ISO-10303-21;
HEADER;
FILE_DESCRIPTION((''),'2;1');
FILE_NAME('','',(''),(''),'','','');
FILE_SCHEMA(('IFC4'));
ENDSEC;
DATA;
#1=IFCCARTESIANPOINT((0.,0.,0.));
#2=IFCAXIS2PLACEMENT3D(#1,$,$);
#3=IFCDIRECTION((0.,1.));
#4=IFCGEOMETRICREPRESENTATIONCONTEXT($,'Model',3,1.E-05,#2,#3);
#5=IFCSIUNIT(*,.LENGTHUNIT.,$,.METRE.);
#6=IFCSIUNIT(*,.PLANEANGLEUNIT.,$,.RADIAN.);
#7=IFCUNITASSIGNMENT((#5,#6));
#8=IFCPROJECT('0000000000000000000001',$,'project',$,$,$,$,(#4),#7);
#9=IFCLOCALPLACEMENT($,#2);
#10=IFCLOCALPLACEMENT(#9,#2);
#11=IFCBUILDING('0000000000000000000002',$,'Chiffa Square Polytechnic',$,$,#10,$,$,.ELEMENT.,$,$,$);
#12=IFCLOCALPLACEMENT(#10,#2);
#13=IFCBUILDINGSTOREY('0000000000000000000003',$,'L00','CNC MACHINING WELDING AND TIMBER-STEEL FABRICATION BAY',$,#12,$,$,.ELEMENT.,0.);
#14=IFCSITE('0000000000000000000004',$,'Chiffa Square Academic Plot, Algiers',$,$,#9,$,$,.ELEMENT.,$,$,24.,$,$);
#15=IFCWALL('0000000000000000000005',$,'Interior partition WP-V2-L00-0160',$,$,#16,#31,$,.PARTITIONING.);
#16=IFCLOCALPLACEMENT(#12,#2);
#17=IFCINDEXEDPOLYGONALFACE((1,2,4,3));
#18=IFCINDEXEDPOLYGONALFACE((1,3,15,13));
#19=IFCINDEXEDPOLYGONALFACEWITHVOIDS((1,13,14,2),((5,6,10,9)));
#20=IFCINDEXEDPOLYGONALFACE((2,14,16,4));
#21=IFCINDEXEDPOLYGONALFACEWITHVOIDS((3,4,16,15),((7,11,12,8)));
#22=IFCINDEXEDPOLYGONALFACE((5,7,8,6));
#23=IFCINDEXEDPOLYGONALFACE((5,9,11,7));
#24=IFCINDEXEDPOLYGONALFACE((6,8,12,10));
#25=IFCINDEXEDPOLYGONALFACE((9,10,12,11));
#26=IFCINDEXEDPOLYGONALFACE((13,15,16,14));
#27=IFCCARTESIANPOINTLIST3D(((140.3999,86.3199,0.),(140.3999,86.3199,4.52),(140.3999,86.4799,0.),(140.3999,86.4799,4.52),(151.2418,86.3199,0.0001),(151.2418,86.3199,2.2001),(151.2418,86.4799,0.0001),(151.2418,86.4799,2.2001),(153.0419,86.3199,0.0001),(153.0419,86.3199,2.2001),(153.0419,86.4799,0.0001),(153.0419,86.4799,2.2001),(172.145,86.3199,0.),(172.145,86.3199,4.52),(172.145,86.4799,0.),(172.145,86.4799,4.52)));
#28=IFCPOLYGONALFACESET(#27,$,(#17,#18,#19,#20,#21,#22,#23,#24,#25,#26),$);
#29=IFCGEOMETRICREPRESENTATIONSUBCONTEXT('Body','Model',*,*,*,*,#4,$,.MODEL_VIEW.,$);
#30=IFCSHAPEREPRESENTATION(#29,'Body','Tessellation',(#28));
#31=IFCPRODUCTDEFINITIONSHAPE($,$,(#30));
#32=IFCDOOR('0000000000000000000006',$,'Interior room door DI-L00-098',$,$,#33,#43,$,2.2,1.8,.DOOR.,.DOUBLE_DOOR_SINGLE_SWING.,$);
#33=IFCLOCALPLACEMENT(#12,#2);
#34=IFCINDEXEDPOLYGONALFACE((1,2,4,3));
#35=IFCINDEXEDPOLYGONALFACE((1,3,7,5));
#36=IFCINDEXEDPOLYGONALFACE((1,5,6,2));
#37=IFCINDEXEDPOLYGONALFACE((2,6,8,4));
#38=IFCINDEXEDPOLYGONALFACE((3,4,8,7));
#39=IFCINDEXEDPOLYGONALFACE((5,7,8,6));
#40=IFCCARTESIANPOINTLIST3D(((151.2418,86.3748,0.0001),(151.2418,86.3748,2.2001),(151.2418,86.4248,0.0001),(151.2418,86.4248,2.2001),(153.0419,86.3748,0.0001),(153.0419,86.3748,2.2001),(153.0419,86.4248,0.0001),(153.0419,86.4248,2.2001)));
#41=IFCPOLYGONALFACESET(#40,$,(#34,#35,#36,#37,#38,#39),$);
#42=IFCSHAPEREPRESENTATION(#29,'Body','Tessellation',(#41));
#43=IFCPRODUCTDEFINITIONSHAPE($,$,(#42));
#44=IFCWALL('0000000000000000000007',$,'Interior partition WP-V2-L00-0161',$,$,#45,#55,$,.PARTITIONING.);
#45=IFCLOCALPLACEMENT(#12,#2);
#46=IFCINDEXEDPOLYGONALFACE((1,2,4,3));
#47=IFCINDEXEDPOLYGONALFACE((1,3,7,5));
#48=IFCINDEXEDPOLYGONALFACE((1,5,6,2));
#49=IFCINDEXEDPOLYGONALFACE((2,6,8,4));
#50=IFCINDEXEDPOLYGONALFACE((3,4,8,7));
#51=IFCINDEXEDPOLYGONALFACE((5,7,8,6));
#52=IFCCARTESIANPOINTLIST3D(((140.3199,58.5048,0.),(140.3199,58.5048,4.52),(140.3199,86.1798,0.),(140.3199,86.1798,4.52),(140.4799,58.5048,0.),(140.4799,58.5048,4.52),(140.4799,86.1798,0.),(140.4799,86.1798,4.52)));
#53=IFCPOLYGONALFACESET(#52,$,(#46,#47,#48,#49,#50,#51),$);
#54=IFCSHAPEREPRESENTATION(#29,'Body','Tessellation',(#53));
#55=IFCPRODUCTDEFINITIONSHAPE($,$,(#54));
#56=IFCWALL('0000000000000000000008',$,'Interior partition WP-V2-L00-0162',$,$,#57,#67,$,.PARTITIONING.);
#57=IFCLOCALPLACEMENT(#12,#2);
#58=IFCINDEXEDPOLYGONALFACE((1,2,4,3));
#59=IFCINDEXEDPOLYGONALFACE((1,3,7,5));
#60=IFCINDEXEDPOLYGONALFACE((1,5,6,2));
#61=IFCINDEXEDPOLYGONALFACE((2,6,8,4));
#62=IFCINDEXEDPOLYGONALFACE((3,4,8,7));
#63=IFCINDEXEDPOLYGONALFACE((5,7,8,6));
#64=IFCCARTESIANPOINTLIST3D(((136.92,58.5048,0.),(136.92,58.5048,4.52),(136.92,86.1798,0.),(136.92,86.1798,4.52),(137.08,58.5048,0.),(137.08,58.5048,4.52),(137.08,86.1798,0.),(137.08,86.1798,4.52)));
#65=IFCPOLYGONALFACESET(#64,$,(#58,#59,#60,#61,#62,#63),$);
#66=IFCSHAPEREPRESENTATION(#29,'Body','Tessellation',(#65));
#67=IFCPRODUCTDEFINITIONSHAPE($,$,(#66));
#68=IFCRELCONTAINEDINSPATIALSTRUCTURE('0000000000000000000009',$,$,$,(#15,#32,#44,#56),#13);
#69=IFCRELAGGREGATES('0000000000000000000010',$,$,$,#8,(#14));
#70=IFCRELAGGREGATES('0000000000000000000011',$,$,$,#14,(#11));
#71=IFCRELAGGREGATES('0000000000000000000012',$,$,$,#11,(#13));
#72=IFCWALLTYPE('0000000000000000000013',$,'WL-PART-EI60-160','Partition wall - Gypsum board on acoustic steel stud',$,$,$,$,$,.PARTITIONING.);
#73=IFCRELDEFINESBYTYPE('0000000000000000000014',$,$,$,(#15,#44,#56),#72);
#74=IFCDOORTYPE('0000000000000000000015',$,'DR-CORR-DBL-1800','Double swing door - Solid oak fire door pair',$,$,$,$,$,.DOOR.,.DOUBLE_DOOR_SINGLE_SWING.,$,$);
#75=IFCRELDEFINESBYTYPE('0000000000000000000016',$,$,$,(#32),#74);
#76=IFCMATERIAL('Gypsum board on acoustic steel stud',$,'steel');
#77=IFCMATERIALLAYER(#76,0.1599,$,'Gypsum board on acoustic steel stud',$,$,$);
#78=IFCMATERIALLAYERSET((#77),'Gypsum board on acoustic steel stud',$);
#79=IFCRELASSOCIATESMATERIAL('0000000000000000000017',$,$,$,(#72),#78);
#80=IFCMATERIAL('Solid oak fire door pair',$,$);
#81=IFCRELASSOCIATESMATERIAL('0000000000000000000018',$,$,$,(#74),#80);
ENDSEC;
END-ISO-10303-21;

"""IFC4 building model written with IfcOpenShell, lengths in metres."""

from ifc_helpers import new_model, si_unit, direction, frame, frame_2d, origin, place, context, subcontext, project, spatial, rectangle, extrude, material, layer, layer_set, type_object, element, fill, save


model = new_model("IFC4")

# Units and contexts
model_context = context("Model", 3, precision=1e-05, world=origin(), true_north=direction((0.0, 1.0)))
body_context = subcontext(model_context, "Body", "Model", "MODEL_VIEW")
ifc_project = project(units=[si_unit("LENGTHUNIT", "METRE"), si_unit("PLANEANGLEUNIT", "RADIAN")], contexts=[model_context])

# Site, building, storey
site_placement = place(None, origin())
site = spatial("IfcSite", under=ifc_project, at=site_placement, Name="Chiffa Square Academic Plot, Algiers", CompositionType="ELEMENT", RefElevation=24.0)
building_placement = place(site_placement, origin())
building = spatial("IfcBuilding", under=site, at=building_placement, Name="Chiffa Square Polytechnic", CompositionType="ELEMENT")
storey_placement = place(building_placement, origin())
storey = spatial("IfcBuildingStorey", under=building, at=storey_placement, Name="L00", Description="CNC MACHINING WELDING AND TIMBER-STEEL FABRICATION BAY", CompositionType="ELEMENT", Elevation=0.0)

# Wall, opening, door
ifc_material_1 = material(Name="Gypsum board on acoustic steel stud", Category="steel")
ifc_layer_1 = layer(ifc_material_1, 0.1599, Name="Gypsum board on acoustic steel stud")
ifc_layer_set_1 = layer_set([ifc_layer_1], Name="Gypsum board on acoustic steel stud")
wall_type_1 = type_object("IfcWallType", Name="WL-PART-EI60-160", Description="Partition wall - Gypsum board on acoustic steel stud", PredefinedType="PARTITIONING", material=ifc_layer_set_1)
wall_1_placement = place(storey_placement, frame((140.3999, 86.3999, 0.0), z_axis=(0.0, 0.0, 1.0), x_axis=(1.0, 0.0, 0.0)))
wall_1 = element("IfcWall", 1, at=wall_1_placement, inside=storey, type_object=wall_type_1, Name="Interior partition WP-V2-L00-0160", PredefinedType="PARTITIONING", context=body_context, shape_type="SweptSolid", body=[
    extrude(rectangle(XDim=31.7451, YDim=0.1599, at=frame_2d((15.8726, 0.0))), origin(), (0.0, 0.0, 1.0), 4.52),
])
opening_1_placement = place(wall_1_placement, frame((10.842, 0.0, 0.0)))
opening_1 = element("IfcOpeningElement", 2, at=opening_1_placement, cuts=wall_1, PredefinedType="OPENING", context=body_context, shape_type="SweptSolid", body=[
    extrude(rectangle(XDim=1.8, YDim=2.2, at=frame_2d((0.8999, 1.1001))), frame((0.0, 0.0898, 0.0), z_axis=(0.0, -1.0, 0.0), x_axis=(1.0, 0.0, 0.0)), (0.0, 0.0, 1.0), 0.1799),
])
ifc_material_2 = material(Name="Solid oak fire door pair")
door_type_1 = type_object("IfcDoorType", Name="DR-CORR-DBL-1800", Description="Double swing door - Solid oak fire door pair", OperationType="DOUBLE_DOOR_SINGLE_SWING", PredefinedType="DOOR", material=ifc_material_2)
door_1_placement = place(opening_1_placement, origin())
door_1 = element("IfcDoor", 3, at=door_1_placement, inside=storey, type_object=door_type_1, Name="Interior room door DI-L00-098", OperationType="DOUBLE_DOOR_SINGLE_SWING", OverallHeight=2.2, OverallWidth=1.8, PredefinedType="DOOR", context=body_context, shape_type="SweptSolid", body=[
    extrude(rectangle(XDim=1.8, YDim=2.2, at=frame_2d((0.8999, 1.1001))), frame((0.0, 0.0249, 0.0), z_axis=(0.0, -1.0, 0.0), x_axis=(1.0, 0.0, 0.0)), (0.0, 0.0, 1.0), 0.05),
])
fill(opening_1, door_1)

# Walls
for number, where, z_axis, x_axis, name in (
    (4, (140.3999, 58.5049, 0.0), (0.0, 0.0, 1.0), (0.0, 1.0, 0.0), "Interior partition WP-V2-L00-0161"),
    (5, (137.0, 58.5049, 0.0), (0.0, 0.0, 1.0), (0.0, 1.0, 0.0), "Interior partition WP-V2-L00-0162"),
):
    element("IfcWall", number, at=place(storey_placement, frame(where, z_axis=z_axis, x_axis=x_axis)), inside=storey, type_object=wall_type_1, Name=name, PredefinedType="PARTITIONING", context=body_context, shape_type="SweptSolid", body=[
        extrude(rectangle(XDim=27.675, YDim=0.1599, at=frame_2d((13.8374, 0.0))), origin(), (0.0, 0.0, 1.0), 4.52),
    ])

save(model, "model.ifc")
